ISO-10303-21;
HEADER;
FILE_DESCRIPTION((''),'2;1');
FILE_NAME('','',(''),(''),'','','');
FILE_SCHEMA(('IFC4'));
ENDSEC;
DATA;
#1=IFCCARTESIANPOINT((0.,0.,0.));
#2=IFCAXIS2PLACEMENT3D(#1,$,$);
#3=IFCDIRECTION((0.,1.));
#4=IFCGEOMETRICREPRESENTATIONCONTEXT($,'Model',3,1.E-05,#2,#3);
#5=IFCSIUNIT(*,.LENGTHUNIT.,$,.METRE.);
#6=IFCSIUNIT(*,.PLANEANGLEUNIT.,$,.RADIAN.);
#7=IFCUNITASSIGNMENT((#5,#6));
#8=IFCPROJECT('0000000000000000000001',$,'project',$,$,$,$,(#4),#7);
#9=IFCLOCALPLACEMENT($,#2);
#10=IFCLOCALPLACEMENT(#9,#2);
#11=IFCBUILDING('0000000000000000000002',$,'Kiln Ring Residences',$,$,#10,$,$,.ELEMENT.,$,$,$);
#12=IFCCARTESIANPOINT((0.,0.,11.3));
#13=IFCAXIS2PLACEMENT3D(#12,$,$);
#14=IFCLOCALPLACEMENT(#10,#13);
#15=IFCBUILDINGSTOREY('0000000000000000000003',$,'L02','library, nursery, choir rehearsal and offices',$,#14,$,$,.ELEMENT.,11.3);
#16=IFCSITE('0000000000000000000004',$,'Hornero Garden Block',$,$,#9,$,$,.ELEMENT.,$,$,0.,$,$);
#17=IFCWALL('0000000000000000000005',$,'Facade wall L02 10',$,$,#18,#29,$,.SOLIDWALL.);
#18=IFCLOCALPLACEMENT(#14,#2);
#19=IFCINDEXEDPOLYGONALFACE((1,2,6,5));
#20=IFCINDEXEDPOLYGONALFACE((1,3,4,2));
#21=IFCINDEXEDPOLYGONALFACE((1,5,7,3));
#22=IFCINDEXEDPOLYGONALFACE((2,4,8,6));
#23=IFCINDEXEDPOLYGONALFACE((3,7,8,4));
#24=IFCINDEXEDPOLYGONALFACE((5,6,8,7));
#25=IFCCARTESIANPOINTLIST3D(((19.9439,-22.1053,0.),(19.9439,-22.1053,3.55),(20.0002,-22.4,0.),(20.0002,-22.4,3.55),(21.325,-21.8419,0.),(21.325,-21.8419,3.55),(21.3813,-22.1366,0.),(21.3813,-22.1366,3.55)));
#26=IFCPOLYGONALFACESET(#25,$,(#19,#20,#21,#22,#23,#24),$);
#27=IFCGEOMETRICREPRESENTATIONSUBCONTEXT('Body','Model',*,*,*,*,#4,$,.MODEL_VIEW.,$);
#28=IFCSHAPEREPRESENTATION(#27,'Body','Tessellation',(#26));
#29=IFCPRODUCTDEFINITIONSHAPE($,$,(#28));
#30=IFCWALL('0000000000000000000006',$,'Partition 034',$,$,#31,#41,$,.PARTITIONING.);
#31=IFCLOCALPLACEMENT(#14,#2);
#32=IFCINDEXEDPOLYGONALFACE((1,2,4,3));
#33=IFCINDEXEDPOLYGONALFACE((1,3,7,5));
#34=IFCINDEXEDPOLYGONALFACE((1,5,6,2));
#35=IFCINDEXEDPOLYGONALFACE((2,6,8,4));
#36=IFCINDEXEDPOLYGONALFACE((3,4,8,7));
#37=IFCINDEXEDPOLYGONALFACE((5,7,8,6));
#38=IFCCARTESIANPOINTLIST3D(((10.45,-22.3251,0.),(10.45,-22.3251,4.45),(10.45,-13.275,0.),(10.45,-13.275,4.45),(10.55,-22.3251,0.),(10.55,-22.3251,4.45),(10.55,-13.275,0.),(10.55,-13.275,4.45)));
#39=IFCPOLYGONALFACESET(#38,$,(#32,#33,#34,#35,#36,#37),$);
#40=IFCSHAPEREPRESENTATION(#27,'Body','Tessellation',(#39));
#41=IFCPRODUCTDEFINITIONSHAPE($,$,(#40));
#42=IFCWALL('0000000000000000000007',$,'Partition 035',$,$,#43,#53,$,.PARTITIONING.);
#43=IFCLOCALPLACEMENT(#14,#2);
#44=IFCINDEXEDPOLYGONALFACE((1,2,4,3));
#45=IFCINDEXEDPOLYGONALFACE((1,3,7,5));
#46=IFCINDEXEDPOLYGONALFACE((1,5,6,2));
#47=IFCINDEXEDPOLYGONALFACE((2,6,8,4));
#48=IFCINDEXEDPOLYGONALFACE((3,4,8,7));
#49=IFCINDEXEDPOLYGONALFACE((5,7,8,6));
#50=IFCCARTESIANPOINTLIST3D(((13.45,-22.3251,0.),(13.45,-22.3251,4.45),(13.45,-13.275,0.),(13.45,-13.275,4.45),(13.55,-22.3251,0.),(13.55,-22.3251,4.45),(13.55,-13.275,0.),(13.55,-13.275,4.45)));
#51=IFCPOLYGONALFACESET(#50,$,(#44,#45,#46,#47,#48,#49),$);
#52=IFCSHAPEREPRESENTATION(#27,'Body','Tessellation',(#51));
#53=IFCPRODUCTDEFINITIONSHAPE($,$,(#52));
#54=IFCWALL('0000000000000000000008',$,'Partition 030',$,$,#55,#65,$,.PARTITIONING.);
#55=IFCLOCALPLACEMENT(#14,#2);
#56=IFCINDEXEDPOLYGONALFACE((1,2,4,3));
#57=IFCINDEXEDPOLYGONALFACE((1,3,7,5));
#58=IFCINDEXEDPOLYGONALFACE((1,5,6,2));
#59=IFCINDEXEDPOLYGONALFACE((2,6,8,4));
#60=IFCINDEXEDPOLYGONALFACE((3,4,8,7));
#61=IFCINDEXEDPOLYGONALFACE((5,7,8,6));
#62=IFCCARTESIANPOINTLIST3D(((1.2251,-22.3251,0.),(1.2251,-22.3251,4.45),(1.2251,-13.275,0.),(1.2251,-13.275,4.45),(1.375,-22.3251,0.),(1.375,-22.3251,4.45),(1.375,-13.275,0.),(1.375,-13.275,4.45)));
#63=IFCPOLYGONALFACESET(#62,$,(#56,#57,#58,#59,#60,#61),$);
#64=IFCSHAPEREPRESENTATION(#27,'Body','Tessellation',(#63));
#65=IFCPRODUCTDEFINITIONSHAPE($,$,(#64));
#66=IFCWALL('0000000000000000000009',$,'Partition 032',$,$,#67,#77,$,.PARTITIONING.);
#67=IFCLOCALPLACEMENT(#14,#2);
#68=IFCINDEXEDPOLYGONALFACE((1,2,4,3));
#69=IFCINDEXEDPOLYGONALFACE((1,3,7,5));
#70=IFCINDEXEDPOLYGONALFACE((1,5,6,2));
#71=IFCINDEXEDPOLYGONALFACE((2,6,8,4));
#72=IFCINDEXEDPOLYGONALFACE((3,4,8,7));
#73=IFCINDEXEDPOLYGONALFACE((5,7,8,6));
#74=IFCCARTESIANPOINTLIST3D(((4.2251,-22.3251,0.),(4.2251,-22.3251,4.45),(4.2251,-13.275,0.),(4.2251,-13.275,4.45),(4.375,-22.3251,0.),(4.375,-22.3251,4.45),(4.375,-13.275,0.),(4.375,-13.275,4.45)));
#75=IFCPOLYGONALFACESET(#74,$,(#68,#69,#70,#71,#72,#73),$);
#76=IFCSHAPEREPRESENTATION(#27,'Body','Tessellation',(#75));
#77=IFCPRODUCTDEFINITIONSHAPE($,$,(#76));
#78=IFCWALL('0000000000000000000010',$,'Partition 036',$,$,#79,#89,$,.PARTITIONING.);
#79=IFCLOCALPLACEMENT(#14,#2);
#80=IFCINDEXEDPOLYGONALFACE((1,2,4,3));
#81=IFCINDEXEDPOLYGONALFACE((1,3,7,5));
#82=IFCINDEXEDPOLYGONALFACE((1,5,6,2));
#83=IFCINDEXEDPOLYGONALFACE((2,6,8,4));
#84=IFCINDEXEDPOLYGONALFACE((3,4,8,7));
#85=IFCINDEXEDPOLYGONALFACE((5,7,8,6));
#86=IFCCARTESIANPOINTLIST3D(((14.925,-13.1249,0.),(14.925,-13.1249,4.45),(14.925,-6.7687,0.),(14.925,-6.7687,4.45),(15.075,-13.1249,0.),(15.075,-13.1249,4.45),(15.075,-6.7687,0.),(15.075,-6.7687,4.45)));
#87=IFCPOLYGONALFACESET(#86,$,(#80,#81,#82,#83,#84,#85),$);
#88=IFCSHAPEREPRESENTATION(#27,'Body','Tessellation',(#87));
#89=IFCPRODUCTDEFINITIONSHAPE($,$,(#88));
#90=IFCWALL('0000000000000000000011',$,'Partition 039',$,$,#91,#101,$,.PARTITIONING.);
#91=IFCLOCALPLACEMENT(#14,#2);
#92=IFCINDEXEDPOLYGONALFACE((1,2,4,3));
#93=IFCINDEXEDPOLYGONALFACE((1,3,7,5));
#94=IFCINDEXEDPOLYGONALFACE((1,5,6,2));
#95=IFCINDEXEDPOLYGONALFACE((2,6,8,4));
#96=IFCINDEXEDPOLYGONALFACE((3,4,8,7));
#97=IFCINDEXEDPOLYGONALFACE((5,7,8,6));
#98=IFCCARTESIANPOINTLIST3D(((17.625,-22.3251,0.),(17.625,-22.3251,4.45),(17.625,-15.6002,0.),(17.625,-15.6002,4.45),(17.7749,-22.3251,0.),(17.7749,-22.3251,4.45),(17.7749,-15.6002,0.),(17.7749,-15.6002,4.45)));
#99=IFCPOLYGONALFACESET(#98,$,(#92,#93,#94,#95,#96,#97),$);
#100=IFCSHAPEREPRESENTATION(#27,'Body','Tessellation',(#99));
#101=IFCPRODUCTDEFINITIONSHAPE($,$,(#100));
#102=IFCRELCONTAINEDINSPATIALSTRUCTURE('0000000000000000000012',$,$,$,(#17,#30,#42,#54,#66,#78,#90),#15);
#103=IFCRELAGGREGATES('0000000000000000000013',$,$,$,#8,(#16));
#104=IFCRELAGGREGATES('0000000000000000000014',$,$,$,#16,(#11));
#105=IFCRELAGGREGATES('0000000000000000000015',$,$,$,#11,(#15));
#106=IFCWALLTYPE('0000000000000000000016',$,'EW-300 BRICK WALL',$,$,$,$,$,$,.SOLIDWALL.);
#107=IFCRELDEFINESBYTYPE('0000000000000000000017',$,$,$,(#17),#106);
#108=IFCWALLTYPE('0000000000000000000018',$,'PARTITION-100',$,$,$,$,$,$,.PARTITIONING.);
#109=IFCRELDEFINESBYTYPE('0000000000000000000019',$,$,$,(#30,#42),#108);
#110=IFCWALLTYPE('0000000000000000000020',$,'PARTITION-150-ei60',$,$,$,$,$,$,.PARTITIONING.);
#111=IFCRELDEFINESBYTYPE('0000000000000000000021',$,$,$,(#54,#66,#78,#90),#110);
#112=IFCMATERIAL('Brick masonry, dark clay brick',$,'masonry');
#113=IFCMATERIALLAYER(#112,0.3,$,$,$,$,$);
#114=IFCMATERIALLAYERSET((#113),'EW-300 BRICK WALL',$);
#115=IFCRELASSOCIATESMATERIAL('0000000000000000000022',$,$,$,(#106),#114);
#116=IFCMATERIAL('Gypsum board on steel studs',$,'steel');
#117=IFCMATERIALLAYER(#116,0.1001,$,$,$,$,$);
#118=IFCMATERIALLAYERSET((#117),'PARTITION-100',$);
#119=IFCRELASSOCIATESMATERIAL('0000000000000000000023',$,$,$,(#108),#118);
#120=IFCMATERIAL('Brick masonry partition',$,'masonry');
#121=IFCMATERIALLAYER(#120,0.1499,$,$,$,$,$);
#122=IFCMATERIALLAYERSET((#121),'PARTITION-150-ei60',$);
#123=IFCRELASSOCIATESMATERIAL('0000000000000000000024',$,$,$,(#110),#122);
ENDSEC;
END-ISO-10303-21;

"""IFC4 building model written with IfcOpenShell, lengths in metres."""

from ifc_helpers import new_model, si_unit, direction, frame, frame_2d, origin, place, context, subcontext, project, spatial, rectangle, extrude, material, layer, layer_set, type_object, element, save


model = new_model("IFC4")

# Units and contexts
model_context = context("Model", 3, precision=1e-05, world=origin(), true_north=direction((0.0, 1.0)))
body_context = subcontext(model_context, "Body", "Model", "MODEL_VIEW")
ifc_project = project(units=[si_unit("LENGTHUNIT", "METRE"), si_unit("PLANEANGLEUNIT", "RADIAN")], contexts=[model_context])

# Site, building, storey
site_placement = place(None, origin())
site = spatial("IfcSite", under=ifc_project, at=site_placement, Name="Hornero Garden Block", CompositionType="ELEMENT", RefElevation=0.0)
building_placement = place(site_placement, origin())
building = spatial("IfcBuilding", under=site, at=building_placement, Name="Kiln Ring Residences", CompositionType="ELEMENT")
storey_placement = place(building_placement, frame((0.0, 0.0, 11.3)))
storey = spatial("IfcBuildingStorey", under=building, at=storey_placement, Name="L02", Description="library, nursery, choir rehearsal and offices", CompositionType="ELEMENT", Elevation=11.3)

# Walls
ifc_material_1 = material(Name="Brick masonry, dark clay brick", Category="masonry")
ifc_layer_1 = layer(ifc_material_1, 0.3)
ifc_layer_set_1 = layer_set([ifc_layer_1], Name="EW-300 BRICK WALL")
wall_type_1 = type_object("IfcWallType", Name="EW-300 BRICK WALL", PredefinedType="SOLIDWALL", material=ifc_layer_set_1)
wall_1_placement = place(storey_placement, frame((19.9719, -22.2527, 0.0), z_axis=(0.0, 0.0, 1.0), x_axis=(0.982291, 0.187359, 0.0)))
element("IfcWall", 1, at=wall_1_placement, inside=storey, type_object=wall_type_1, Name="Facade wall L02 10", PredefinedType="SOLIDWALL", context=body_context, shape_type="SweptSolid", body=[
    extrude(rectangle(XDim=1.406, YDim=0.3, at=frame_2d((0.7031, 0.0))), origin(), (0.0, 0.0, 1.0), 3.55),
])
ifc_material_2 = material(Name="Gypsum board on steel studs", Category="steel")
ifc_layer_2 = layer(ifc_material_2, 0.1001)
ifc_layer_set_2 = layer_set([ifc_layer_2], Name="PARTITION-100")
wall_type_2 = type_object("IfcWallType", Name="PARTITION-100", PredefinedType="PARTITIONING", material=ifc_layer_set_2)
for number, where, z_axis, x_axis, name in (
    (2, (10.5, -22.325, 0.0), (0.0, 0.0, 1.0), (0.0, 1.0, 0.0), "Partition 034"),
    (3, (13.5, -22.325, 0.0), (0.0, 0.0, 1.0), (0.0, 1.0, 0.0), "Partition 035"),
):
    element("IfcWall", number, at=place(storey_placement, frame(where, z_axis=z_axis, x_axis=x_axis)), inside=storey, type_object=wall_type_2, Name=name, PredefinedType="PARTITIONING", context=body_context, shape_type="SweptSolid", body=[
        extrude(rectangle(XDim=9.05, YDim=0.1001, at=frame_2d((4.5249, 0.0))), origin(), (0.0, 0.0, 1.0), 4.45),
    ])
ifc_material_3 = material(Name="Brick masonry partition", Category="masonry")
ifc_layer_3 = layer(ifc_material_3, 0.1499)
ifc_layer_set_3 = layer_set([ifc_layer_3], Name="PARTITION-150-ei60")
wall_type_3 = type_object("IfcWallType", Name="PARTITION-150-ei60", PredefinedType="PARTITIONING", material=ifc_layer_set_3)
for number, where, z_axis, x_axis, name in (
    (4, (1.3, -22.325, 0.0), (0.0, 0.0, 1.0), (0.0, 1.0, 0.0), "Partition 030"),
    (5, (4.3, -22.325, 0.0), (0.0, 0.0, 1.0), (0.0, 1.0, 0.0), "Partition 032"),
):
    element("IfcWall", number, at=place(storey_placement, frame(where, z_axis=z_axis, x_axis=x_axis)), inside=storey, type_object=wall_type_3, Name=name, PredefinedType="PARTITIONING", context=body_context, shape_type="SweptSolid", body=[
        extrude(rectangle(XDim=9.05, YDim=0.1499, at=frame_2d((4.5249, 0.0))), origin(), (0.0, 0.0, 1.0), 4.45),
    ])
wall_2_placement = place(storey_placement, frame((15.0, -13.125, 0.0), z_axis=(0.0, 0.0, 1.0), x_axis=(0.0, 1.0, 0.0)))
element("IfcWall", 6, at=wall_2_placement, inside=storey, type_object=wall_type_3, Name="Partition 036", PredefinedType="PARTITIONING", context=body_context, shape_type="SweptSolid", body=[
    extrude(rectangle(XDim=6.3562, YDim=0.1499, at=frame_2d((3.1782, 0.0))), origin(), (0.0, 0.0, 1.0), 4.45),
])
wall_3_placement = place(storey_placement, frame((17.7, -22.325, 0.0), z_axis=(0.0, 0.0, 1.0), x_axis=(0.0, 1.0, 0.0)))
element("IfcWall", 7, at=wall_3_placement, inside=storey, type_object=wall_type_3, Name="Partition 039", PredefinedType="PARTITIONING", context=body_context, shape_type="SweptSolid", body=[
    extrude(rectangle(XDim=6.7249, YDim=0.1499, at=frame_2d((3.3623, 0.0))), origin(), (0.0, 0.0, 1.0), 4.45),
])

save(model, "model.ifc")
